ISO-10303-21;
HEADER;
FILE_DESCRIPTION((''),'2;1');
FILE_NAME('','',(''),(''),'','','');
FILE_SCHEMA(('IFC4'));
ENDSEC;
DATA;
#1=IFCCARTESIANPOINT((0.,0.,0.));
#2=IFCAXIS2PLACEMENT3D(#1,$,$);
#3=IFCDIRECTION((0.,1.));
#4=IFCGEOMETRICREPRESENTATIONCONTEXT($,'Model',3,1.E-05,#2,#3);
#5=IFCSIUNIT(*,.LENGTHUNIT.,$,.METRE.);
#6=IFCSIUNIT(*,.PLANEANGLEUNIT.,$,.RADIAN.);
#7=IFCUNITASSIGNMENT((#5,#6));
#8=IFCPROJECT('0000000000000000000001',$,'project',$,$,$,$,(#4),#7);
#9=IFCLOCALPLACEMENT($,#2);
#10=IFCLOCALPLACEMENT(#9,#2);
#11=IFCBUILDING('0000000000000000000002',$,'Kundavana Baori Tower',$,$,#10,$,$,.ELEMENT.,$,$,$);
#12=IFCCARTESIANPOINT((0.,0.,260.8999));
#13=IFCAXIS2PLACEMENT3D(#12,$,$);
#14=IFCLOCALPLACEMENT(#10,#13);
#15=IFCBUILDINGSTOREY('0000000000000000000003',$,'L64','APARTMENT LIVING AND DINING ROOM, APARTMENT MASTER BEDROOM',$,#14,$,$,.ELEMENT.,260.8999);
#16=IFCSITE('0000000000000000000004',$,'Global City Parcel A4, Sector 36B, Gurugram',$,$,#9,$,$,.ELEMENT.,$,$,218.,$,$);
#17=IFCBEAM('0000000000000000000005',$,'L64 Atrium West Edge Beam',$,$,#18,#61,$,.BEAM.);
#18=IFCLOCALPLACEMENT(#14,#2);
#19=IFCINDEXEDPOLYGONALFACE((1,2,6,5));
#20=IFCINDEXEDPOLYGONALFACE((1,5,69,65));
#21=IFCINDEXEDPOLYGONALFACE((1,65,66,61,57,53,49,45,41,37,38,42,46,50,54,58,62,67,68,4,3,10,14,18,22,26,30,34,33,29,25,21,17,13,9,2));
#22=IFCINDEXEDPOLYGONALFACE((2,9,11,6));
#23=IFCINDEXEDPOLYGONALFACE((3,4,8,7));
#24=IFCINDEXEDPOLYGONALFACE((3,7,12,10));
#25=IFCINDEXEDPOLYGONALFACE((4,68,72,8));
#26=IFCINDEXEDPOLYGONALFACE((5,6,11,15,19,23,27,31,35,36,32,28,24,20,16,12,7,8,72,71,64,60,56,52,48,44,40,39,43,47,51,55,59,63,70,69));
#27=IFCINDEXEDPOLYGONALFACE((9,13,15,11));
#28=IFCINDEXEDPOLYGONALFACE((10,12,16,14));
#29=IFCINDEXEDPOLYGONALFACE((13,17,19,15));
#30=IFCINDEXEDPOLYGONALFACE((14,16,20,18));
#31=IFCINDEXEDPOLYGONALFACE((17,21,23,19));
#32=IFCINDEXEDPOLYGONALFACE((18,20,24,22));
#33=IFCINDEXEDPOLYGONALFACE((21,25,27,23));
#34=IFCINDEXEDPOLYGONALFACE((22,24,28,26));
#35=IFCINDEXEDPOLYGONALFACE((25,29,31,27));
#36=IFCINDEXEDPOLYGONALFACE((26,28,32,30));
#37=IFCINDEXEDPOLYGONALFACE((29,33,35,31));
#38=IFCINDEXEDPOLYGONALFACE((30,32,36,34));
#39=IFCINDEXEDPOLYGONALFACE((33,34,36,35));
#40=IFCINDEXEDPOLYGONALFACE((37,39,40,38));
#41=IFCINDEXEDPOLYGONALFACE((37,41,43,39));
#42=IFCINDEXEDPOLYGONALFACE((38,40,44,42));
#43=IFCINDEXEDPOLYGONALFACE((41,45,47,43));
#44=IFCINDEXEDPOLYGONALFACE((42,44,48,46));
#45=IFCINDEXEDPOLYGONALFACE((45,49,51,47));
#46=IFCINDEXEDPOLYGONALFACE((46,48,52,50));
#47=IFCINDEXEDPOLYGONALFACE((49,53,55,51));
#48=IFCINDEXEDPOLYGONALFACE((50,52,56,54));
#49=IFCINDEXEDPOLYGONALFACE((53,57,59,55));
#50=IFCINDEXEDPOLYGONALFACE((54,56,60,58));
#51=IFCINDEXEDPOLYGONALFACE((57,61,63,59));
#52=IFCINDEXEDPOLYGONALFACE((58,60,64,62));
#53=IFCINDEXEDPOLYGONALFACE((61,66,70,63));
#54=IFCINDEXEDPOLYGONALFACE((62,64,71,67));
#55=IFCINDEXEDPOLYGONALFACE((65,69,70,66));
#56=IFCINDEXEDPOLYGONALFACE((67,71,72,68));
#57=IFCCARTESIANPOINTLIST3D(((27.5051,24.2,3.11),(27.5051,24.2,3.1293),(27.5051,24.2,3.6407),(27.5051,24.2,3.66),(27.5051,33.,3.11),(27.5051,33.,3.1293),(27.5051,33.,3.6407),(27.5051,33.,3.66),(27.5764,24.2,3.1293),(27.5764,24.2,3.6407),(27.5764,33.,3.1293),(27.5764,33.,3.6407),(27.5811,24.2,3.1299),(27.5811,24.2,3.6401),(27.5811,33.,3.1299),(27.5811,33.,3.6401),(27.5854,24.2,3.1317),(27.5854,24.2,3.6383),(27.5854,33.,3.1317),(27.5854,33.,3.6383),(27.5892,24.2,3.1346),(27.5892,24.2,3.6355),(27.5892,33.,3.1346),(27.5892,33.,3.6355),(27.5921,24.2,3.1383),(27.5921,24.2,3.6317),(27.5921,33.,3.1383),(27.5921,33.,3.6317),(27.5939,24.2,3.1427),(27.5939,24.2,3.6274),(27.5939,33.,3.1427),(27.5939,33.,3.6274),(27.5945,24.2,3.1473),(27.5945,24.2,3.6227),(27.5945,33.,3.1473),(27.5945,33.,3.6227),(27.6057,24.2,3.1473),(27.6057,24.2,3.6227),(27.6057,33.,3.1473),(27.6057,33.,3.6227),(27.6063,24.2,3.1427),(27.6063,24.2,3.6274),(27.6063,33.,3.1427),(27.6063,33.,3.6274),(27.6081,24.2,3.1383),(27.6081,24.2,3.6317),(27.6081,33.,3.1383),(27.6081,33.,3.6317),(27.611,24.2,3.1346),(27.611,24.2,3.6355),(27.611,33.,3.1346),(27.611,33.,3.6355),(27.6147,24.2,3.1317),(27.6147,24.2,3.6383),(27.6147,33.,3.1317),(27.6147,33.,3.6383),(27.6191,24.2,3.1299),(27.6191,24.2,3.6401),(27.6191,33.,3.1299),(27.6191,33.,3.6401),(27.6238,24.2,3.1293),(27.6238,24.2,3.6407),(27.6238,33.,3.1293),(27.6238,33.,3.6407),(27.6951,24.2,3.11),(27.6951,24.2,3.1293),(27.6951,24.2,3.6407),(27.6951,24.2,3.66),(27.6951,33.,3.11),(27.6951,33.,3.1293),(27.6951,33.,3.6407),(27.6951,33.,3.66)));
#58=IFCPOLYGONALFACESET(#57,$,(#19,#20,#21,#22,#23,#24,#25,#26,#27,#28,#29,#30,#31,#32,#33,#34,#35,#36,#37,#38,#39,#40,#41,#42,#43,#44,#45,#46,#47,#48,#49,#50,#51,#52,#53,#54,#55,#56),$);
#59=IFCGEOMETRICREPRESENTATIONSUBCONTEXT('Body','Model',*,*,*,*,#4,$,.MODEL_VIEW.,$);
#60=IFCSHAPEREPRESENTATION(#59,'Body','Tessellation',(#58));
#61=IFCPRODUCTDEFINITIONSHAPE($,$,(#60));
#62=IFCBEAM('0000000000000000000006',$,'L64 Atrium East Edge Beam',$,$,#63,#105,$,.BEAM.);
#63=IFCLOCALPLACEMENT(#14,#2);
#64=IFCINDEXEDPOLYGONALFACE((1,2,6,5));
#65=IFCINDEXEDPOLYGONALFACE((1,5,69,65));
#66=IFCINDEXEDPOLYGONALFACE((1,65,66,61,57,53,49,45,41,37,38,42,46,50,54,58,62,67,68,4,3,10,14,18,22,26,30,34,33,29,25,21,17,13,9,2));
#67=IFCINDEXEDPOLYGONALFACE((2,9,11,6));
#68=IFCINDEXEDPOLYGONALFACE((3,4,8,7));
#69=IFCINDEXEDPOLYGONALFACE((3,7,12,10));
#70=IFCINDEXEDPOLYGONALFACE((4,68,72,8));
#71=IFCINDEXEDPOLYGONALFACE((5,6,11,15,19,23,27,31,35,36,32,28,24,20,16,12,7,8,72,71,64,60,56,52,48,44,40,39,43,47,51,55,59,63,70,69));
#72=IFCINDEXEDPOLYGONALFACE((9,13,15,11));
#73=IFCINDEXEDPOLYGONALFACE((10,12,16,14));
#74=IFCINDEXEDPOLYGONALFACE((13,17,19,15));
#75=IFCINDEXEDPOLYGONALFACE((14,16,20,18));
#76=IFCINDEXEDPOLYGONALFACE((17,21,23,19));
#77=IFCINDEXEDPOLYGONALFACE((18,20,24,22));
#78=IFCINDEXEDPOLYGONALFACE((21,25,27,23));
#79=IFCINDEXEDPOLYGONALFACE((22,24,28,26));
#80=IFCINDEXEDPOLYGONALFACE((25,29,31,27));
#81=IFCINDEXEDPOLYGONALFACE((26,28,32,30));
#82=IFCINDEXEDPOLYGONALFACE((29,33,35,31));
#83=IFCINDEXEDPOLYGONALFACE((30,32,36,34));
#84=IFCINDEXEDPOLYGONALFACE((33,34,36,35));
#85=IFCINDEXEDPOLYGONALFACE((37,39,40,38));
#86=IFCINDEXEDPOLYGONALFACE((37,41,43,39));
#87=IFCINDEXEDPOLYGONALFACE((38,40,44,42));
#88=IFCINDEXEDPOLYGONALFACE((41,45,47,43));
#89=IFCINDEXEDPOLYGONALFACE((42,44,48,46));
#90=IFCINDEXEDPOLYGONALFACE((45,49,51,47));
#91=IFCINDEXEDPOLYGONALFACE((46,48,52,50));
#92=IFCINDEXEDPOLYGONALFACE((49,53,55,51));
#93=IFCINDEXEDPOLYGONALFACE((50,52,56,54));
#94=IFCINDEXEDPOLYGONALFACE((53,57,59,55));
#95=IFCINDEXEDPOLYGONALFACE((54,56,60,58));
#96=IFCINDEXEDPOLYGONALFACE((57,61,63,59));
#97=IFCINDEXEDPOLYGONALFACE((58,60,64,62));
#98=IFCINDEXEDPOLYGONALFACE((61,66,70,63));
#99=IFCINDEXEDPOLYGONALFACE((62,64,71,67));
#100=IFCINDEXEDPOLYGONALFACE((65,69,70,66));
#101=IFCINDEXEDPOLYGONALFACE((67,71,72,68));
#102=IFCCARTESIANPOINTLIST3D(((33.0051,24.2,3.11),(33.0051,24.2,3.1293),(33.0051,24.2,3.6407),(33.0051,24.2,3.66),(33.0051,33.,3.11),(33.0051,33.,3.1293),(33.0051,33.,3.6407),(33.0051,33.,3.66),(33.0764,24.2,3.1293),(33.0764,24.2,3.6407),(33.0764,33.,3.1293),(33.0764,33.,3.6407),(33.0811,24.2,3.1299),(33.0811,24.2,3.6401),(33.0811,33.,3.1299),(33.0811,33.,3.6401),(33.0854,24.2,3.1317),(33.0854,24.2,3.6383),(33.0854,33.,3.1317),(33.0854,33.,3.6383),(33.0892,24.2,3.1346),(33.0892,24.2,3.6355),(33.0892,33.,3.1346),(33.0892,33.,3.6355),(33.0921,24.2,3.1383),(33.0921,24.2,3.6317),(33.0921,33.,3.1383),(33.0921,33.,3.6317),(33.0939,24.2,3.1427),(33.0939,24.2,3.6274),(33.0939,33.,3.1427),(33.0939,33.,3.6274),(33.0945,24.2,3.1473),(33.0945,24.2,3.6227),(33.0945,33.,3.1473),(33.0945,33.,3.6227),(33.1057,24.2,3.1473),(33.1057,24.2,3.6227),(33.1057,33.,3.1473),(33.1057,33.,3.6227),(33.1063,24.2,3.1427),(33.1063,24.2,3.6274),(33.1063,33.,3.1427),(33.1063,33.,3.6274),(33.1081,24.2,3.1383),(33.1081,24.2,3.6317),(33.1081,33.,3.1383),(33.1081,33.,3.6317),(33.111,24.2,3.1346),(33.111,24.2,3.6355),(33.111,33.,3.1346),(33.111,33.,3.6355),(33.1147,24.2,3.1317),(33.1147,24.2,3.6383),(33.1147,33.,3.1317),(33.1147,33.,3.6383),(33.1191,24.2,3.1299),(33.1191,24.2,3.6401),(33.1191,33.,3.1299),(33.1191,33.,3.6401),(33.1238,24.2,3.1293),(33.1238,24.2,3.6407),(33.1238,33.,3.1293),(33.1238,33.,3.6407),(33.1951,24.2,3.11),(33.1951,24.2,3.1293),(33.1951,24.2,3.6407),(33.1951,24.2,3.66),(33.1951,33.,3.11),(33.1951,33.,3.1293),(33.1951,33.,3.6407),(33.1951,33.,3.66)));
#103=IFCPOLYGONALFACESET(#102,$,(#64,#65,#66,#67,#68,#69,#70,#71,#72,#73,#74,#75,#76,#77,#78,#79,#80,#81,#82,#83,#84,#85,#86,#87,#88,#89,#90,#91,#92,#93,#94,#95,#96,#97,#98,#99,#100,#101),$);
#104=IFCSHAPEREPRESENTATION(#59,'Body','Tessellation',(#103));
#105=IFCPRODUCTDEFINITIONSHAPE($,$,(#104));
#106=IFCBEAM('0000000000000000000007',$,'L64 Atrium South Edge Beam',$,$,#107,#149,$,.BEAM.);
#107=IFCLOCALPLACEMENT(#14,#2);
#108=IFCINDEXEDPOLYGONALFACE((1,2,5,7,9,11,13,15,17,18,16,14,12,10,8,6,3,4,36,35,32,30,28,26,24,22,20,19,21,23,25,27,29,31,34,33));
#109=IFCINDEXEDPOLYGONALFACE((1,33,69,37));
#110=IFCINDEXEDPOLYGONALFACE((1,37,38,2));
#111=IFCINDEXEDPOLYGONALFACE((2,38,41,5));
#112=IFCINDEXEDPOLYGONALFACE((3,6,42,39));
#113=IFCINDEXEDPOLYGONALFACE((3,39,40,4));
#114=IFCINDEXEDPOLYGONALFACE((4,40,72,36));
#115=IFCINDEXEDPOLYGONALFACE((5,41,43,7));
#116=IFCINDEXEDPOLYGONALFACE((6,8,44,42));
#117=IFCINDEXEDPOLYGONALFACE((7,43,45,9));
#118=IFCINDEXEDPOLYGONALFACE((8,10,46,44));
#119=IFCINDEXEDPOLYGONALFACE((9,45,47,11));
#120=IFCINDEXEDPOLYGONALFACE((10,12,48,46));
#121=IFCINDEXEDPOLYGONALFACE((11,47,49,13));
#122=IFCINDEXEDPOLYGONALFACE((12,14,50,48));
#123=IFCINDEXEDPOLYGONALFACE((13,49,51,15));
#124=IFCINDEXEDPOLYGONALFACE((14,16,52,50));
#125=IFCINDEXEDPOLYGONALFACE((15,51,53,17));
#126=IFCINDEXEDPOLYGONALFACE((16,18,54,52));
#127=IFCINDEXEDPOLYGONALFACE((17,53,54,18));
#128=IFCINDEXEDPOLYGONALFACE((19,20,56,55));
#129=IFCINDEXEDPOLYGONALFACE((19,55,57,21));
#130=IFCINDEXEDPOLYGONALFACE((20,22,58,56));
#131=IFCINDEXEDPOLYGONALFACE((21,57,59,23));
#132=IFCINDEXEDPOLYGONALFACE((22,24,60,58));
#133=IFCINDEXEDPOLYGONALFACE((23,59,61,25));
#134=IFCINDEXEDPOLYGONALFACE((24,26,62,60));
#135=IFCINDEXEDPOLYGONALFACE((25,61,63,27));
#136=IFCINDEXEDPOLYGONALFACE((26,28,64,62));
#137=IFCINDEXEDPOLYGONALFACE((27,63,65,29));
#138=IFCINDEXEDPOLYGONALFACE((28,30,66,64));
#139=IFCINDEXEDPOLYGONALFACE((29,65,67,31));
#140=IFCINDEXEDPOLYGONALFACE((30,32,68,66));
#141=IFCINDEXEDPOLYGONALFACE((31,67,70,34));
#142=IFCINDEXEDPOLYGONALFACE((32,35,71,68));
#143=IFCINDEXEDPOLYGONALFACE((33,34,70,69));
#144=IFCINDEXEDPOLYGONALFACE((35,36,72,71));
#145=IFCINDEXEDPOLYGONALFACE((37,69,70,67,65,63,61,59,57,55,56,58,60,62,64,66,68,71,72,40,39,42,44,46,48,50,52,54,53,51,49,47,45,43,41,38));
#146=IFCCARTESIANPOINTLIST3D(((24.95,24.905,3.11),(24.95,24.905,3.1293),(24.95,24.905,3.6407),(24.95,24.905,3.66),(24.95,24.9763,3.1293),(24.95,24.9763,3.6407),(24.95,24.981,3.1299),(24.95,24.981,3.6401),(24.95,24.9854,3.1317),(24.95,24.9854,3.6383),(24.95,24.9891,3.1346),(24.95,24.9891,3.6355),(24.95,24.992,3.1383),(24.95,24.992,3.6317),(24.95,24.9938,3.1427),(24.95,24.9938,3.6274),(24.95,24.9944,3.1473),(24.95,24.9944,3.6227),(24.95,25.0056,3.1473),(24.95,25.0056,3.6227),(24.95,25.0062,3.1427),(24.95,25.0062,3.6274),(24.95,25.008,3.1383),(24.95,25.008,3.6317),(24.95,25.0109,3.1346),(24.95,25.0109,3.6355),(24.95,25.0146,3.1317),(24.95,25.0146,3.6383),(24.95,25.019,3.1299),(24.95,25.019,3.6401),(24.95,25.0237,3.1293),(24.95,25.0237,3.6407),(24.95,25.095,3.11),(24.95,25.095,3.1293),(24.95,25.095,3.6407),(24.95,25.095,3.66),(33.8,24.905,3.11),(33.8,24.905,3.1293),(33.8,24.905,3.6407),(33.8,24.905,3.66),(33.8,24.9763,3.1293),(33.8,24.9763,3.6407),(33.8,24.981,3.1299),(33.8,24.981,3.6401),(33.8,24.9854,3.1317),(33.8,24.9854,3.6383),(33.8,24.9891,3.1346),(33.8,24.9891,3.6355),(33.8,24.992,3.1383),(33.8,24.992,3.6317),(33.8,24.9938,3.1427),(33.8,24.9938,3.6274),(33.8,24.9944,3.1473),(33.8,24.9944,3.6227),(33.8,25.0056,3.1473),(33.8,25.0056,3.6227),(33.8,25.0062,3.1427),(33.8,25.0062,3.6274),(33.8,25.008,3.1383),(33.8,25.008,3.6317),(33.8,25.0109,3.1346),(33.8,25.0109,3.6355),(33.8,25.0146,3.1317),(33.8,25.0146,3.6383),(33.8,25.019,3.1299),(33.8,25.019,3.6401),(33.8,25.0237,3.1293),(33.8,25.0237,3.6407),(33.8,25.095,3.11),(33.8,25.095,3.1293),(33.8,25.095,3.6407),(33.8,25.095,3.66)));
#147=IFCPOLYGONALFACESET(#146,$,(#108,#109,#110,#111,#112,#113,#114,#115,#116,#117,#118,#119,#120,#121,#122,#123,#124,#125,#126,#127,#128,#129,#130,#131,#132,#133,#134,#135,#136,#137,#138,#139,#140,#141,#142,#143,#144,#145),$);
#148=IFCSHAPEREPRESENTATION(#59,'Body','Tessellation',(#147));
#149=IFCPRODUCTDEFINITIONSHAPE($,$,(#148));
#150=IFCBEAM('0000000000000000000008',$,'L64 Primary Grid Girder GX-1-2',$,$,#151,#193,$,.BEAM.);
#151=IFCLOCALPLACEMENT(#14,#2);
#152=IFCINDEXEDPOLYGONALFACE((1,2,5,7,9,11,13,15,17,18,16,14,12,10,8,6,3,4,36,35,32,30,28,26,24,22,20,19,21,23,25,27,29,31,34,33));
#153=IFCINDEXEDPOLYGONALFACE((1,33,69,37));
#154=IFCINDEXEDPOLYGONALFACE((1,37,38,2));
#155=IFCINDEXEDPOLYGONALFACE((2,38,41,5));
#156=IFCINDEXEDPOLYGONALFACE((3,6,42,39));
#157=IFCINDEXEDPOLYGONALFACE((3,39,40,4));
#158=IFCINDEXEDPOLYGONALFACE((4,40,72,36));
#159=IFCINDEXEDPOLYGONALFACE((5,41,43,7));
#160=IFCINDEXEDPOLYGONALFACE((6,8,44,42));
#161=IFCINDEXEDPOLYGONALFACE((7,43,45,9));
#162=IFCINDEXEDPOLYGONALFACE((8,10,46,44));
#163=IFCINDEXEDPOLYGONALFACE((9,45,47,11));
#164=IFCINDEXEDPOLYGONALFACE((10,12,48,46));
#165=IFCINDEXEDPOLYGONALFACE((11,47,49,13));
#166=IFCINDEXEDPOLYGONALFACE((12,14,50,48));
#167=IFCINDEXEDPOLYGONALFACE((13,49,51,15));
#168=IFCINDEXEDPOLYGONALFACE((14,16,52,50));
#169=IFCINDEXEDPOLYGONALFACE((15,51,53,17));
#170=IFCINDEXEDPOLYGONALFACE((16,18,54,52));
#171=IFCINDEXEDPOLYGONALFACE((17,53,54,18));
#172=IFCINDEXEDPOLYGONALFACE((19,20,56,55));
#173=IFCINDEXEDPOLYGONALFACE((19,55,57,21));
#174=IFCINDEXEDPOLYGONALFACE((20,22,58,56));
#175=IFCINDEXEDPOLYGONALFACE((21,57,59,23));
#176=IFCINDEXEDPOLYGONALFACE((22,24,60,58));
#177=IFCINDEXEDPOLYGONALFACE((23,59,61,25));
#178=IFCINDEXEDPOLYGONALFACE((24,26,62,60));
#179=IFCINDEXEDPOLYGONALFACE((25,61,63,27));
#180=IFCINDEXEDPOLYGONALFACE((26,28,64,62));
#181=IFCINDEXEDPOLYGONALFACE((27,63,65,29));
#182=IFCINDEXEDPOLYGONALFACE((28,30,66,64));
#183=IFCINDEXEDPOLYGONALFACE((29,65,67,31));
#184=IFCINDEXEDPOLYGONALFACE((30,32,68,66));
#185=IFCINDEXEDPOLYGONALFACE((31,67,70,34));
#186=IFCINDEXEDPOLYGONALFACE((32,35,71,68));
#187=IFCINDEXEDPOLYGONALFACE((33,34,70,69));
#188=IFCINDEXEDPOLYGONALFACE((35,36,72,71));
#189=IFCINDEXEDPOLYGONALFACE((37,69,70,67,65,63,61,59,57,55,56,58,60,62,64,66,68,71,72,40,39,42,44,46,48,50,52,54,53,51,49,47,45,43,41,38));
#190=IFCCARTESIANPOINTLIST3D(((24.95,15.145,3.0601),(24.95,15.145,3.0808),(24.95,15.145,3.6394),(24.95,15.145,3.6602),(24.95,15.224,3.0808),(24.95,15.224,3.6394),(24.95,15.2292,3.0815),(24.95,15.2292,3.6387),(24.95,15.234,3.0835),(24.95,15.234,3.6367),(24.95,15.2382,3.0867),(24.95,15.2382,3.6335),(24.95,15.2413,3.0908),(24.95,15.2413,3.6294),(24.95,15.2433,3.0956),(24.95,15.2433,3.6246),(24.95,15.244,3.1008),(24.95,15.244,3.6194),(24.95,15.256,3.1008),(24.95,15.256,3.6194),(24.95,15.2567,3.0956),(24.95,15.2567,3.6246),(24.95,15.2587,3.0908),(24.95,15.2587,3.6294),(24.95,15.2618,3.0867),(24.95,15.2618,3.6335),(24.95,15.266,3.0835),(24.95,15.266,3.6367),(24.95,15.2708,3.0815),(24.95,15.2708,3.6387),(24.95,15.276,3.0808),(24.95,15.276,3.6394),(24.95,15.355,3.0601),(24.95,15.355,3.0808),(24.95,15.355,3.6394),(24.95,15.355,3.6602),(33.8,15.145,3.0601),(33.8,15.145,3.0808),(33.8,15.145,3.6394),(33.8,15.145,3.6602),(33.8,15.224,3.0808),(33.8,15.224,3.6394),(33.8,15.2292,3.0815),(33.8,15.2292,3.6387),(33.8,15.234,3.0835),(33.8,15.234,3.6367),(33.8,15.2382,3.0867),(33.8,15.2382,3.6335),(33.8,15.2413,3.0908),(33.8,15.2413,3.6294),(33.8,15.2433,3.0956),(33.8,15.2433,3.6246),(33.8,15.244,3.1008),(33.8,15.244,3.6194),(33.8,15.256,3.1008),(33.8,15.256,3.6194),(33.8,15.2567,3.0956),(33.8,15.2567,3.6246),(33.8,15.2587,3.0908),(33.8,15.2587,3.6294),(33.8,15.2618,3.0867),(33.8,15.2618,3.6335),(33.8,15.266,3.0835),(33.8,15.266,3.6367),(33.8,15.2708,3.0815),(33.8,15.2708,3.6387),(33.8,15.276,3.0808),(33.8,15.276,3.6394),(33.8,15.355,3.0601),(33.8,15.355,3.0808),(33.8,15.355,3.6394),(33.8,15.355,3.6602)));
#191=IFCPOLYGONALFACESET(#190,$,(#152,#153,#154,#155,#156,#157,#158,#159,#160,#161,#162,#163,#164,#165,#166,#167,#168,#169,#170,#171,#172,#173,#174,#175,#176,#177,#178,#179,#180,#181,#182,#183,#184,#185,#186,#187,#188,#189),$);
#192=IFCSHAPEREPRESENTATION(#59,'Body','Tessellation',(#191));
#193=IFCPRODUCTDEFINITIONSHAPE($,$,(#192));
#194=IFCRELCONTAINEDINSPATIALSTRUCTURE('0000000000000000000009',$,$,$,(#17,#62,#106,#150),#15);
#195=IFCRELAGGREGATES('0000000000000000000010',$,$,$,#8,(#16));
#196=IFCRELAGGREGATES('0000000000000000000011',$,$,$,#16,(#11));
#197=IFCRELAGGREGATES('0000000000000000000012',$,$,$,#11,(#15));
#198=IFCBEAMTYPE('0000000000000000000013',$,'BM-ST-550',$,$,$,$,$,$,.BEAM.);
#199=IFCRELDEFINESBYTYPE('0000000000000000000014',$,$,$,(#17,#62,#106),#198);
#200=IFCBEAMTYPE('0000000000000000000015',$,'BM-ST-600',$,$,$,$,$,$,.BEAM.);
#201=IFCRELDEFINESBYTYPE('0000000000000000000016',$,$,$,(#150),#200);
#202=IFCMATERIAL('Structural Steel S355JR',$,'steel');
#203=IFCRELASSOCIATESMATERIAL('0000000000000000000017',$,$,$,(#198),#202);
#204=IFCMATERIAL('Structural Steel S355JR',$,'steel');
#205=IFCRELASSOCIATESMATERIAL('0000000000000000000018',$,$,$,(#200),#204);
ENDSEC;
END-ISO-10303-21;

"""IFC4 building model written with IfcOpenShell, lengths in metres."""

from ifc_helpers import new_model, si_unit, direction, frame, origin, origin_2d, place, context, subcontext, project, spatial, i_section, extrude, material, material_profile, profile_set, type_object, element, save


model = new_model("IFC4")

# Units and contexts
model_context = context("Model", 3, precision=1e-05, world=origin(), true_north=direction((0.0, 1.0)))
body_context = subcontext(model_context, "Body", "Model", "MODEL_VIEW")
ifc_project = project(units=[si_unit("LENGTHUNIT", "METRE"), si_unit("PLANEANGLEUNIT", "RADIAN")], contexts=[model_context])

# Site, building, storey
site_placement = place(None, origin())
site = spatial("IfcSite", under=ifc_project, at=site_placement, Name="Global City Parcel A4, Sector 36B, Gurugram", CompositionType="ELEMENT", RefElevation=218.0)
building_placement = place(site_placement, origin())
building = spatial("IfcBuilding", under=site, at=building_placement, Name="Kundavana Baori Tower", CompositionType="ELEMENT")
storey_placement = place(building_placement, frame((0.0, 0.0, 260.8999)))
storey = spatial("IfcBuildingStorey", under=building, at=storey_placement, Name="L64", Description="APARTMENT LIVING AND DINING ROOM, APARTMENT MASTER BEDROOM", CompositionType="ELEMENT", Elevation=260.8999)

# Beams
ifc_material_1 = material(Name="Structural Steel S355JR", Category="steel")
ifc_material_profile_1 = material_profile(ifc_material_1, i_section(OverallWidth=0.1899, OverallDepth=0.55, WebThickness=0.0112, FlangeThickness=0.0193, FilletRadius=0.0181, at=origin_2d()), Name="ISMB 550")
ifc_profile_set_1 = profile_set([ifc_material_profile_1], Name="Structural Steel S355JR")
beam_type_1 = type_object("IfcBeamType", Name="BM-ST-550", PredefinedType="BEAM", material=ifc_profile_set_1)
for number, where, z_axis, x_axis, name in (
    (1, (27.6001, 24.2, 3.385), (0.0, 1.0, 0.0), (-1.0, 0.0, 0.0), "L64 Atrium West Edge Beam"),
    (2, (33.1001, 24.2, 3.385), (0.0, 1.0, 0.0), (-1.0, 0.0, 0.0), "L64 Atrium East Edge Beam"),
):
    element("IfcBeam", number, at=place(storey_placement, frame(where, z_axis=z_axis, x_axis=x_axis)), inside=storey, type_object=beam_type_1, Name=name, PredefinedType="BEAM", context=body_context, shape_type="SweptSolid", body=[
        extrude(i_section(OverallWidth=0.1899, OverallDepth=0.55, WebThickness=0.0112, FlangeThickness=0.0193, FilletRadius=0.0181, at=origin_2d()), origin(), (0.0, 0.0, 1.0), 8.8),
    ])
beam_1_placement = place(storey_placement, frame((24.95, 25.0, 3.385), z_axis=(1.0, 0.0, 0.0), x_axis=(0.0, 1.0, 0.0)))
element("IfcBeam", 3, at=beam_1_placement, inside=storey, type_object=beam_type_1, Name="L64 Atrium South Edge Beam", PredefinedType="BEAM", context=body_context, shape_type="SweptSolid", body=[
    extrude(i_section(OverallWidth=0.1899, OverallDepth=0.55, WebThickness=0.0112, FlangeThickness=0.0193, FilletRadius=0.0181, at=origin_2d()), origin(), (0.0, 0.0, 1.0), 8.8501),
])
ifc_material_2 = material(Name="Structural Steel S355JR", Category="steel")
ifc_material_profile_2 = material_profile(ifc_material_2, i_section(OverallWidth=0.21, OverallDepth=0.6001, WebThickness=0.012, FlangeThickness=0.0208, FilletRadius=0.02, at=origin_2d()), Name="ISMB 600")
ifc_profile_set_2 = profile_set([ifc_material_profile_2], Name="Structural Steel S355JR")
beam_type_2 = type_object("IfcBeamType", Name="BM-ST-600", PredefinedType="BEAM", material=ifc_profile_set_2)
beam_2_placement = place(storey_placement, frame((24.95, 15.25, 3.3601), z_axis=(1.0, 0.0, 0.0), x_axis=(0.0, 1.0, 0.0)))
element("IfcBeam", 4, at=beam_2_placement, inside=storey, type_object=beam_type_2, Name="L64 Primary Grid Girder GX-1-2", PredefinedType="BEAM", context=body_context, shape_type="SweptSolid", body=[
    extrude(i_section(OverallWidth=0.21, OverallDepth=0.6001, WebThickness=0.012, FlangeThickness=0.0208, FilletRadius=0.02, at=origin_2d()), origin(), (0.0, 0.0, 1.0), 8.8501),
])

save(model, "model.ifc")
